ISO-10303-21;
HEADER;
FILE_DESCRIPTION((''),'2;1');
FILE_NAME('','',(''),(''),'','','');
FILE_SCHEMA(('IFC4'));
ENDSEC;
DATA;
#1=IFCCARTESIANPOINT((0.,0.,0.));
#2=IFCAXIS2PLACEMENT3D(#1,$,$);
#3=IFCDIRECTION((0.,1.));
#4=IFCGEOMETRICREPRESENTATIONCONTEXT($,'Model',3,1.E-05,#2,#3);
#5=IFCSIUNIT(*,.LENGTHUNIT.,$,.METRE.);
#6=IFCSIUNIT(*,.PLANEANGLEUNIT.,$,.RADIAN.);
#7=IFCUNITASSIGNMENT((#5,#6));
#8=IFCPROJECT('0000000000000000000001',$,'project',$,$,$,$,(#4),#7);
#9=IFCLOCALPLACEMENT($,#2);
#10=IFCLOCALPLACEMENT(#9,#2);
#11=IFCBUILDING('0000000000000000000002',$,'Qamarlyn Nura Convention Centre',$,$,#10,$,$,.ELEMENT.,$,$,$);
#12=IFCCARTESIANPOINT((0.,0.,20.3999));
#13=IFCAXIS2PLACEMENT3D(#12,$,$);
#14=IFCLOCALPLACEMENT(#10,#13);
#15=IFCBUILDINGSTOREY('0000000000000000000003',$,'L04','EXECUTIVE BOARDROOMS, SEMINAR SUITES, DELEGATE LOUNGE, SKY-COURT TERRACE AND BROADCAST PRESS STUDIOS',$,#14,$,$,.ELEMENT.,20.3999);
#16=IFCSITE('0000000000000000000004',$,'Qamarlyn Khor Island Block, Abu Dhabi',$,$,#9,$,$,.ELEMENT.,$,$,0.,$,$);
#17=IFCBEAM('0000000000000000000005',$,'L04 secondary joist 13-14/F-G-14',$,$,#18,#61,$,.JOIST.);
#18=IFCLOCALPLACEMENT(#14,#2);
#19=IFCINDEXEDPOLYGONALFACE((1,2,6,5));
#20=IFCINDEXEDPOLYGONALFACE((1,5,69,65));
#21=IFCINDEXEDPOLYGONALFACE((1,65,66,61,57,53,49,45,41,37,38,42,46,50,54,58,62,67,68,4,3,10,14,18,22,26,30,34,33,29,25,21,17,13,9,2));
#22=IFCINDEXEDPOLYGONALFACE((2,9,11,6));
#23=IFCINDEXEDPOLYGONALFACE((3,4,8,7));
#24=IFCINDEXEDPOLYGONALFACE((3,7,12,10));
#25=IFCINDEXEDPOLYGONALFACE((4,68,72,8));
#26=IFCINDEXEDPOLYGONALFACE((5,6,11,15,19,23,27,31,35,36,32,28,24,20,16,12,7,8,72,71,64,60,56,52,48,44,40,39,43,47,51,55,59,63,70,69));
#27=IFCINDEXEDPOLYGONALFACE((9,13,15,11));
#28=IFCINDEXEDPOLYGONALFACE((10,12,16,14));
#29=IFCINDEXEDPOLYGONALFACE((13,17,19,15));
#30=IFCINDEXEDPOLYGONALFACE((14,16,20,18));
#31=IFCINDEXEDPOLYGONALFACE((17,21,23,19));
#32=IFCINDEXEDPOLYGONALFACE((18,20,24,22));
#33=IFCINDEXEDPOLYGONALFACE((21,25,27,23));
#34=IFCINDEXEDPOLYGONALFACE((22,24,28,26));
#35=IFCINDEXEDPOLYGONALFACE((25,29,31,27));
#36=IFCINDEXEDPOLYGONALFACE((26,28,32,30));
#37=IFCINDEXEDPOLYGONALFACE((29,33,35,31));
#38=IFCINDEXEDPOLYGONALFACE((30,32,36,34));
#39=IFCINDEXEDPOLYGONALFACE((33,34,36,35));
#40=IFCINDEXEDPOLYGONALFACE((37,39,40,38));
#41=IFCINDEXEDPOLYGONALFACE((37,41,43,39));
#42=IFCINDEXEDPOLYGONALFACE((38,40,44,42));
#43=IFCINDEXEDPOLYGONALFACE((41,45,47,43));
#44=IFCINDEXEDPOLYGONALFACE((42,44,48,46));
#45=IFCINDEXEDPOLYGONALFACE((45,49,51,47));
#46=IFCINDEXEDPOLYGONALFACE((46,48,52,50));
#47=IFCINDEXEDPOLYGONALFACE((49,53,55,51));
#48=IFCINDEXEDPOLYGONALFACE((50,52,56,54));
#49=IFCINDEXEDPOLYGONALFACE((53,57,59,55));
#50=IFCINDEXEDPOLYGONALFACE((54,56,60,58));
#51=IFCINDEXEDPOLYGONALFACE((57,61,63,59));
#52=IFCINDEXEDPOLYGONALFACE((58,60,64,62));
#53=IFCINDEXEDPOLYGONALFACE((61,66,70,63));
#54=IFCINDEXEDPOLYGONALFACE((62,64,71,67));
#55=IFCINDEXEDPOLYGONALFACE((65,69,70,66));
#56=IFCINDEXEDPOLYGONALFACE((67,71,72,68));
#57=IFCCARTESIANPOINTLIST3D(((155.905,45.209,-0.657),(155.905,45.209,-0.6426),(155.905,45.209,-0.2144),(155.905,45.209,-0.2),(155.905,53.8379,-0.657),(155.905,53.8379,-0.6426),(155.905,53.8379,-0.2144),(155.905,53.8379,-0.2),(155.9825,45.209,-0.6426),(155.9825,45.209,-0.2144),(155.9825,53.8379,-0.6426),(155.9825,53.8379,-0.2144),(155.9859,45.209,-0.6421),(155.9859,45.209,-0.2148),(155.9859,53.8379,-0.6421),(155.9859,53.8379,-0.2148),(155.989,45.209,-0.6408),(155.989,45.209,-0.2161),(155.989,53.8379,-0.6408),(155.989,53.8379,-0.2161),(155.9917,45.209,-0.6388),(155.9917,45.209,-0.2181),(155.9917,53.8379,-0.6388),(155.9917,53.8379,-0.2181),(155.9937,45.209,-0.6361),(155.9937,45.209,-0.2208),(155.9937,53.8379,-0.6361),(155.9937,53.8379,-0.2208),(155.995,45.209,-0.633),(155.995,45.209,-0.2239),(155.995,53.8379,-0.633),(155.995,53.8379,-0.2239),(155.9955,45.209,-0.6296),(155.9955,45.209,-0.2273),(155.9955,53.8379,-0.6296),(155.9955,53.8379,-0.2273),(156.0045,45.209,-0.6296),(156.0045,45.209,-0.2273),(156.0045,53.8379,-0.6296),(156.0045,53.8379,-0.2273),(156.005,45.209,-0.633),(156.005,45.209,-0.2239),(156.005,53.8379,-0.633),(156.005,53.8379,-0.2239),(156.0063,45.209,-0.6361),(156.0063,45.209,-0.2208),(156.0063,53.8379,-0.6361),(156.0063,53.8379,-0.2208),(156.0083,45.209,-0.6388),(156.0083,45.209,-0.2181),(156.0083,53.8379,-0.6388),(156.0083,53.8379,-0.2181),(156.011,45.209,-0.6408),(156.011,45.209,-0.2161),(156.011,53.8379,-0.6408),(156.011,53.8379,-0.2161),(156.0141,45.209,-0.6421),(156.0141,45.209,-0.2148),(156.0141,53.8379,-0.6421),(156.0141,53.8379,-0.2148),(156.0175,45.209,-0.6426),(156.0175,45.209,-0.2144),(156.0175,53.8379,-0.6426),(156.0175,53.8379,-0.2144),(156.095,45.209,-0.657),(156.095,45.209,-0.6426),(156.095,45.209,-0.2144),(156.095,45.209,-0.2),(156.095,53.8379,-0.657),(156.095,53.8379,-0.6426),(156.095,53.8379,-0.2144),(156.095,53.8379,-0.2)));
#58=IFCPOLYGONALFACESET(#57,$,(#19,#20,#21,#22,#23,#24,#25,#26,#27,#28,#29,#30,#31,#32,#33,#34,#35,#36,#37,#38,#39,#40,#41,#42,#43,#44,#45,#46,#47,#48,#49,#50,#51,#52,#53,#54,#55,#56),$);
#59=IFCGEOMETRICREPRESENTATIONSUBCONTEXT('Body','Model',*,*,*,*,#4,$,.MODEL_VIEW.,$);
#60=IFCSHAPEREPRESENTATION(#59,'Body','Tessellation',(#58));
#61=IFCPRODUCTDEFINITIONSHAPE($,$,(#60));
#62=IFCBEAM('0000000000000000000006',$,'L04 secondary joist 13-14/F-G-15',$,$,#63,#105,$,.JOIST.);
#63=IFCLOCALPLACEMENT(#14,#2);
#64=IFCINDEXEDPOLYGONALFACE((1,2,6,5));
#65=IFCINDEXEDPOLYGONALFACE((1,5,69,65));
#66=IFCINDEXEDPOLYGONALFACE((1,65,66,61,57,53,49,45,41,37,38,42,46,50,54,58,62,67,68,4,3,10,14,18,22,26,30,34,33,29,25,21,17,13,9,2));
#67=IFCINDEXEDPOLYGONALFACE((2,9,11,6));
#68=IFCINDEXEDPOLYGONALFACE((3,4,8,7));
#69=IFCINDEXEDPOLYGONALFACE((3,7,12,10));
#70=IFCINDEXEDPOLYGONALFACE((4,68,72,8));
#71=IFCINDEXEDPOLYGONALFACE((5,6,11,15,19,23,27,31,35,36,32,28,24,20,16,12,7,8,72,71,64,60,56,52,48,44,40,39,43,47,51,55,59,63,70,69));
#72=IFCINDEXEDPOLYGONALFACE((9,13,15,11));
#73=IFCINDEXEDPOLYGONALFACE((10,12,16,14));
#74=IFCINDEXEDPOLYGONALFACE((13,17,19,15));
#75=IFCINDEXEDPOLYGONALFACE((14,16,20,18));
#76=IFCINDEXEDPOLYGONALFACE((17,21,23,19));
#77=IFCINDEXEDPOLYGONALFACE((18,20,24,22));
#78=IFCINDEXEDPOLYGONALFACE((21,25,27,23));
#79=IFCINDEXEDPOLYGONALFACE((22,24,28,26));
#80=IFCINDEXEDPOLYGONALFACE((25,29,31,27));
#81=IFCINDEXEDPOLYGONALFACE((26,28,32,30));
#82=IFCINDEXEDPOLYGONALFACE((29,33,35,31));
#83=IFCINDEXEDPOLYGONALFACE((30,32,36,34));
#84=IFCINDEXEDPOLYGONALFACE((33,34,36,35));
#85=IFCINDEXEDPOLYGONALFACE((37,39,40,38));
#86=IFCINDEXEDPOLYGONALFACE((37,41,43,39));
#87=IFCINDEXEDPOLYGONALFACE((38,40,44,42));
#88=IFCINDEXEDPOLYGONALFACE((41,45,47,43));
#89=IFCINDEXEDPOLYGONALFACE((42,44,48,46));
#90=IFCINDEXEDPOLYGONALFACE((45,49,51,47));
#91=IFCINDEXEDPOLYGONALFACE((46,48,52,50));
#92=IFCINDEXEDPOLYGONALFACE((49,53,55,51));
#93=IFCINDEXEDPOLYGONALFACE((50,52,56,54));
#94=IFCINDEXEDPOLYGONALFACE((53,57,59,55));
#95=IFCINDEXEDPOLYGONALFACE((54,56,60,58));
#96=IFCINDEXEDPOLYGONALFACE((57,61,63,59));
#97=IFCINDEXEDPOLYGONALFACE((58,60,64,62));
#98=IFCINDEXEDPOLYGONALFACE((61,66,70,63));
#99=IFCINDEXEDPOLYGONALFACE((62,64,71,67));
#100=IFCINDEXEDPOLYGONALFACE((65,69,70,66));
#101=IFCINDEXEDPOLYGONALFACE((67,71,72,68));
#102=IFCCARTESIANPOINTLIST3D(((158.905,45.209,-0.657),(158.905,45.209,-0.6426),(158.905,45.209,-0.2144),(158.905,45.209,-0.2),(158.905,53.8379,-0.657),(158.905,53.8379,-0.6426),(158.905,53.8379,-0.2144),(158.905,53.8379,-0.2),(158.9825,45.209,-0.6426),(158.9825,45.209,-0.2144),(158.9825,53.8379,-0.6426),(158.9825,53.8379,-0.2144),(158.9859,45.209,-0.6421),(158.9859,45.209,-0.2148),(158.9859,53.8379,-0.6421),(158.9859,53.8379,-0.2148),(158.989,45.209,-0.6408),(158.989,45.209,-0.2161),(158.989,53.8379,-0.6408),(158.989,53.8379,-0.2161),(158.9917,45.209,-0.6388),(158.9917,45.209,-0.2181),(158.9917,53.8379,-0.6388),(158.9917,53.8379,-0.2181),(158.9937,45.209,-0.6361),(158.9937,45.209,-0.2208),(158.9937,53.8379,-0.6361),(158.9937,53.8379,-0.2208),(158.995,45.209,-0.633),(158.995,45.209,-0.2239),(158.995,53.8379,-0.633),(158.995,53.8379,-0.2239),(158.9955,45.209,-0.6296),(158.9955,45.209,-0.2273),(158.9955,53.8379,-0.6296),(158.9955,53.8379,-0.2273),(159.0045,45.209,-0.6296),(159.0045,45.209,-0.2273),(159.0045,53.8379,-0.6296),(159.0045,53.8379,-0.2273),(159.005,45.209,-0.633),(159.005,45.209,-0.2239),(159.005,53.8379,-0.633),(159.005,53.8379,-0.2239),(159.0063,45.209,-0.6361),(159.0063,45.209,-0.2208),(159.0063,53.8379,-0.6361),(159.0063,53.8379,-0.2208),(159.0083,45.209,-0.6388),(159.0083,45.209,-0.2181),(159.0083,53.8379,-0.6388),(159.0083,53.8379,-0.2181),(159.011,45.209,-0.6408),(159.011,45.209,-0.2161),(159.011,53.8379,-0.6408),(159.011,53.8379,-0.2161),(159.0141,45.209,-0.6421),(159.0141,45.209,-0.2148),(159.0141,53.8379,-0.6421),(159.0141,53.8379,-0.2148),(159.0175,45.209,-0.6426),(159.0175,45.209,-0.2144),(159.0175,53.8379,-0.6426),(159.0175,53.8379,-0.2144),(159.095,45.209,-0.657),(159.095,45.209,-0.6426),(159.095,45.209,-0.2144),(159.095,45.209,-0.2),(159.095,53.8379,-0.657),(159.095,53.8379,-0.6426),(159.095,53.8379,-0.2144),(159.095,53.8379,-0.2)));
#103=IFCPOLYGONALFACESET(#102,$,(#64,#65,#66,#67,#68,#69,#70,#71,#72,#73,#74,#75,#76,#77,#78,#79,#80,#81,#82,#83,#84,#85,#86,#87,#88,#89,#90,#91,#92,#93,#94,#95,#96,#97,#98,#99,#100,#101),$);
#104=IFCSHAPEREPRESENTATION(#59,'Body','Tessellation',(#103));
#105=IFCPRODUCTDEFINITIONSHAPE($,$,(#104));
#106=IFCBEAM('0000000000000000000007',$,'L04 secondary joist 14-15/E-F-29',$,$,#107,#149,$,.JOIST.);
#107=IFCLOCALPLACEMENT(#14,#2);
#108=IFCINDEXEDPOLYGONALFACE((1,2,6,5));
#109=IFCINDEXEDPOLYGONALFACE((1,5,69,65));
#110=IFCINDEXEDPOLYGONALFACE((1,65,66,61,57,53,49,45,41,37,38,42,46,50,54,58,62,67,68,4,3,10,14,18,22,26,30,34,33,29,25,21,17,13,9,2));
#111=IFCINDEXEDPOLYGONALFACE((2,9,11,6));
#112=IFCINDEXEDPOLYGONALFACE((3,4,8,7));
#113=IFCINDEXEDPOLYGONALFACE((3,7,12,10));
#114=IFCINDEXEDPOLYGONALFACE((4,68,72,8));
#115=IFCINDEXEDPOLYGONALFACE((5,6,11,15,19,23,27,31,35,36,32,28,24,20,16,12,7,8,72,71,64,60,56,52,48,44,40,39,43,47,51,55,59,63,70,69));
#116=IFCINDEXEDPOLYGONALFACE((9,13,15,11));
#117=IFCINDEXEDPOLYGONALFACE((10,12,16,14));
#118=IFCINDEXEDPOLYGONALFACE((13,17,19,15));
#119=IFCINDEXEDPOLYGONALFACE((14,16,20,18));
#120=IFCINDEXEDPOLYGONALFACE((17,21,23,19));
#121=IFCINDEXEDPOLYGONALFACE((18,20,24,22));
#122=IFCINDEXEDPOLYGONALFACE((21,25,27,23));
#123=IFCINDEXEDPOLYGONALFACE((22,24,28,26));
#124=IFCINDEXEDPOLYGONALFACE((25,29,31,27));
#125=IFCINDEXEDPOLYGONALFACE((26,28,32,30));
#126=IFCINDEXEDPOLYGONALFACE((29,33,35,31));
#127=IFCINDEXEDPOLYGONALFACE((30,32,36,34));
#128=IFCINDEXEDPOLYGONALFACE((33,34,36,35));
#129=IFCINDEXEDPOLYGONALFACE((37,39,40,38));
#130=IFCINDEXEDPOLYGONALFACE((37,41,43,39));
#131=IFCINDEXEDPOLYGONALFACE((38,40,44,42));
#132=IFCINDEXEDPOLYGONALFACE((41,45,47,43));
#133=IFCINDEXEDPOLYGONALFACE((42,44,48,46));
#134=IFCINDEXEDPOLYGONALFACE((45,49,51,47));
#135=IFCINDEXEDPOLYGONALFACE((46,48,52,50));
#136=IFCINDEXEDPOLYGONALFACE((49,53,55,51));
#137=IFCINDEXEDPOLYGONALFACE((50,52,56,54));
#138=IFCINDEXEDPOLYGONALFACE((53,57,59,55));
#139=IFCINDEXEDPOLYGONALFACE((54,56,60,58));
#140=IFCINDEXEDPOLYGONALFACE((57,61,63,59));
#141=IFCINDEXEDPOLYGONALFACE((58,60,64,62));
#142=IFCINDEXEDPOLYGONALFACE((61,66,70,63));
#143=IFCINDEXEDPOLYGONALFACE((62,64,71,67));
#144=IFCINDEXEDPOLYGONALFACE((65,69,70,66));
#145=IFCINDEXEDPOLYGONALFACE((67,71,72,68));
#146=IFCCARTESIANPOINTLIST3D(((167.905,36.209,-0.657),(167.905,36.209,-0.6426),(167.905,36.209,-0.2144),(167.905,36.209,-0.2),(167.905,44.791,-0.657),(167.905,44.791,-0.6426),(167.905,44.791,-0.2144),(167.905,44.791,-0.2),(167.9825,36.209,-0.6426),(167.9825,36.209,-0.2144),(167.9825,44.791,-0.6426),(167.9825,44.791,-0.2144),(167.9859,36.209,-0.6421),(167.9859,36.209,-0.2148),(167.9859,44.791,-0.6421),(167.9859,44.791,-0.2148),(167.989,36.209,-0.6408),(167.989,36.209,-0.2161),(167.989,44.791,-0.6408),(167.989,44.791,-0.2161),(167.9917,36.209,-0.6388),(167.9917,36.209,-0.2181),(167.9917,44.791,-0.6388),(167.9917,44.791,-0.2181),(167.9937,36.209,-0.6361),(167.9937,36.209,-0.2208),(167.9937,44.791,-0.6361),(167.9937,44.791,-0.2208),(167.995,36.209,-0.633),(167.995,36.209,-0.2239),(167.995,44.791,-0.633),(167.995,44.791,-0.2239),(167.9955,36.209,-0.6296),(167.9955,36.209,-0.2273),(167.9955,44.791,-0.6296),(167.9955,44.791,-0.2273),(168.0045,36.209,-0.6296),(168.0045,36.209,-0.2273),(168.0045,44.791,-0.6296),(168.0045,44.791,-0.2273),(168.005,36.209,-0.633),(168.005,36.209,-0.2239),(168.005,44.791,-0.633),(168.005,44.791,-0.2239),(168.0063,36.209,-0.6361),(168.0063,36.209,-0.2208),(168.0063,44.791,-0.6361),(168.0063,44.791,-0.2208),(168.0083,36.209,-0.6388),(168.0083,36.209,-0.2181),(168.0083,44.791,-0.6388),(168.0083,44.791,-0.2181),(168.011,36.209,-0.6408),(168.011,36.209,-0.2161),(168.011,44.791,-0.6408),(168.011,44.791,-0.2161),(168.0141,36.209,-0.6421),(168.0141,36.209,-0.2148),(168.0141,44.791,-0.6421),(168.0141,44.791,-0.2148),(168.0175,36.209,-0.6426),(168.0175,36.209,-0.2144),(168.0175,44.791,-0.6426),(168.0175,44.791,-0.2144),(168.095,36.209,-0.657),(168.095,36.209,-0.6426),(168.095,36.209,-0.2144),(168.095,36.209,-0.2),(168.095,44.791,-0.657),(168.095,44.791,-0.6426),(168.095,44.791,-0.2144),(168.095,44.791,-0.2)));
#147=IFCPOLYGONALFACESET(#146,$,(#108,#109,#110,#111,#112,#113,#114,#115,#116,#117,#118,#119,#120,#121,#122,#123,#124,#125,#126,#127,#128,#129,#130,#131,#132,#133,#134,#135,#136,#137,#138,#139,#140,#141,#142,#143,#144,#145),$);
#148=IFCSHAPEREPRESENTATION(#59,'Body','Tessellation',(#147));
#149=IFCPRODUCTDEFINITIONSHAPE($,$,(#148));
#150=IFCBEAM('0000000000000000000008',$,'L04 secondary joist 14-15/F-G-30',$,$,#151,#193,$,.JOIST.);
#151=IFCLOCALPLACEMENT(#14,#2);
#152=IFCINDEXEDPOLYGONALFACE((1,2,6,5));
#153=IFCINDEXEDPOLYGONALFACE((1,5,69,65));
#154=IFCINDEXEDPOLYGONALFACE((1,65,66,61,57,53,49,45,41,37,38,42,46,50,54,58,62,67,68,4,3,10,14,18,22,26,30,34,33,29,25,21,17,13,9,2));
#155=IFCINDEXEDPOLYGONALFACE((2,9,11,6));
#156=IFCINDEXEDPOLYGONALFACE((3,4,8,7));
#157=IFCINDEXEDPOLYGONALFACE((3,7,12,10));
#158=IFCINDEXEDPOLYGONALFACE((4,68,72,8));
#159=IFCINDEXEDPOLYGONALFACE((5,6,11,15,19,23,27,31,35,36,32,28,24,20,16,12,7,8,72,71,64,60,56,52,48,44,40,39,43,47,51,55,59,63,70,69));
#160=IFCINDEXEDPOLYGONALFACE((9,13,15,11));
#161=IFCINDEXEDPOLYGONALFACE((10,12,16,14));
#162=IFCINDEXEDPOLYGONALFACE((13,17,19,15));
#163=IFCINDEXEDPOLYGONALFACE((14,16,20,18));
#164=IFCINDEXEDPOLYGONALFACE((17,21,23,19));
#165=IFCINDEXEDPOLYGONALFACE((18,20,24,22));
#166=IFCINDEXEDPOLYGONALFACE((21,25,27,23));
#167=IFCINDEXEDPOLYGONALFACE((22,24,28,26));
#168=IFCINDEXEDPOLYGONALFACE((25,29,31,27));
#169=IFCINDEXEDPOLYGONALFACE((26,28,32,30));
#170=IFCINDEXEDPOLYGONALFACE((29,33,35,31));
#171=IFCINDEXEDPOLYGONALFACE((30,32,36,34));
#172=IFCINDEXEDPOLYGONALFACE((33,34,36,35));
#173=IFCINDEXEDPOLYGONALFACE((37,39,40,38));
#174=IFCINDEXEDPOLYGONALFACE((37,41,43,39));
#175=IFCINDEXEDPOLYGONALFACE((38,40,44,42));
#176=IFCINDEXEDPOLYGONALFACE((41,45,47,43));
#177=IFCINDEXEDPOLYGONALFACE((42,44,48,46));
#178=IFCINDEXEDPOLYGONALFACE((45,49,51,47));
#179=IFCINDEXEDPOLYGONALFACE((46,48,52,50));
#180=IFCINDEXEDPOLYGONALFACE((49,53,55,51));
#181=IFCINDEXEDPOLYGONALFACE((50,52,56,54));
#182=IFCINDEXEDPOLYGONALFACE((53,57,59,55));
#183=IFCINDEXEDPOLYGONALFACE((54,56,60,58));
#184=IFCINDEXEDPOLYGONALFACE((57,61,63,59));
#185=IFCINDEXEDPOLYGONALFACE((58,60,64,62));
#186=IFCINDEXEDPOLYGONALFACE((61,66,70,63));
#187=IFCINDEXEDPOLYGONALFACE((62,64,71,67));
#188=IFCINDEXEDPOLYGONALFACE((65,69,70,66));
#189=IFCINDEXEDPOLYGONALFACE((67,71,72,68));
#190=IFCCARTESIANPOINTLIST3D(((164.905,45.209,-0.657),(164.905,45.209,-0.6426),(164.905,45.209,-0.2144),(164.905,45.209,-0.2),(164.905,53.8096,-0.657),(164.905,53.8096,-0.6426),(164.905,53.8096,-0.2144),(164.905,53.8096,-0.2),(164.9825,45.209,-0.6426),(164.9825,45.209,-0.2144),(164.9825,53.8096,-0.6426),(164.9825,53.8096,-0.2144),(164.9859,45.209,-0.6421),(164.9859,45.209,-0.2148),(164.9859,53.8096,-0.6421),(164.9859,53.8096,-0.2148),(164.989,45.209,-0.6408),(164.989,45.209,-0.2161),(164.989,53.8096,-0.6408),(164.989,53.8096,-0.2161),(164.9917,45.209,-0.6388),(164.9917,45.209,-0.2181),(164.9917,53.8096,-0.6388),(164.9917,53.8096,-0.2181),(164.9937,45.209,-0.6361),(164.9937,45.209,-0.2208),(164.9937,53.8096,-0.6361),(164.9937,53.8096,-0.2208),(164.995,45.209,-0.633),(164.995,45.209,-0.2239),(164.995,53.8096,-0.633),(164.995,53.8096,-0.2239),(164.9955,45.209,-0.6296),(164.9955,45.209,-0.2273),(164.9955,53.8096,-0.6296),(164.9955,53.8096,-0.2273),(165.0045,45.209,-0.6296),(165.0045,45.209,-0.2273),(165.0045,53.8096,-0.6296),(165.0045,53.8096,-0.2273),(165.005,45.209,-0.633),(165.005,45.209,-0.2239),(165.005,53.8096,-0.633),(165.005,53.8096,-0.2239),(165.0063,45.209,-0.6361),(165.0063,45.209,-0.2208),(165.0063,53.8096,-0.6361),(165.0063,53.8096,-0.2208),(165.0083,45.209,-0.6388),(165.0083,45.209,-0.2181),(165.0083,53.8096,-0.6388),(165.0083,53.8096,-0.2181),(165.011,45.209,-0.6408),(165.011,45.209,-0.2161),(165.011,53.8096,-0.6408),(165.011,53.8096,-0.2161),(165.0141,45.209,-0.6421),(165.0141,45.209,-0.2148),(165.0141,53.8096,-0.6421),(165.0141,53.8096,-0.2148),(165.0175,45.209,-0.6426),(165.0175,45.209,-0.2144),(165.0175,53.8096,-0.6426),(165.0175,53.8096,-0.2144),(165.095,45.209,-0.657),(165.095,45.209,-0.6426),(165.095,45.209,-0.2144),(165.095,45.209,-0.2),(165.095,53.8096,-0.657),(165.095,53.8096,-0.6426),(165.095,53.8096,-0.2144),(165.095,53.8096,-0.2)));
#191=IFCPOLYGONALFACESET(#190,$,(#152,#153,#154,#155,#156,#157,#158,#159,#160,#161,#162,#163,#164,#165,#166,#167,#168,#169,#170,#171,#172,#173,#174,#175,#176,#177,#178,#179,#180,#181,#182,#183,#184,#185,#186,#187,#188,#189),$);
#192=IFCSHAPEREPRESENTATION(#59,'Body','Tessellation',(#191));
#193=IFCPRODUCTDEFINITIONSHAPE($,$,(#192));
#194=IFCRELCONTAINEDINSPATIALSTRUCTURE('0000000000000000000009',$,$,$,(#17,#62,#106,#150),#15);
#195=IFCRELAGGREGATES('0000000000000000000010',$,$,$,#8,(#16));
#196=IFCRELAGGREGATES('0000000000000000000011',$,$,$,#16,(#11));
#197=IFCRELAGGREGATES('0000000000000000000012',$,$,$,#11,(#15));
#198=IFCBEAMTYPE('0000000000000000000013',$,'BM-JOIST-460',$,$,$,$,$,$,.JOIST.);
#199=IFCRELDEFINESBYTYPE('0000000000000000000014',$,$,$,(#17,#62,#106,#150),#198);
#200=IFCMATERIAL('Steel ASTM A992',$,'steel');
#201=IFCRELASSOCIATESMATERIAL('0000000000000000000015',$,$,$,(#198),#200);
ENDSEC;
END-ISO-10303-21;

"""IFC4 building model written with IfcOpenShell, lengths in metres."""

from ifc_helpers import new_model, si_unit, direction, frame, origin, origin_2d, place, context, subcontext, project, spatial, i_section, extrude, material, material_profile, profile_set, type_object, element, save


model = new_model("IFC4")

# Units and contexts
model_context = context("Model", 3, precision=1e-05, world=origin(), true_north=direction((0.0, 1.0)))
body_context = subcontext(model_context, "Body", "Model", "MODEL_VIEW")
ifc_project = project(units=[si_unit("LENGTHUNIT", "METRE"), si_unit("PLANEANGLEUNIT", "RADIAN")], contexts=[model_context])

# Site, building, storey
site_placement = place(None, origin())
site = spatial("IfcSite", under=ifc_project, at=site_placement, Name="Qamarlyn Khor Island Block, Abu Dhabi", CompositionType="ELEMENT", RefElevation=0.0)
building_placement = place(site_placement, origin())
building = spatial("IfcBuilding", under=site, at=building_placement, Name="Qamarlyn Nura Convention Centre", CompositionType="ELEMENT")
storey_placement = place(building_placement, frame((0.0, 0.0, 20.3999)))
storey = spatial("IfcBuildingStorey", under=building, at=storey_placement, Name="L04", Description="EXECUTIVE BOARDROOMS, SEMINAR SUITES, DELEGATE LOUNGE, SKY-COURT TERRACE AND BROADCAST PRESS STUDIOS", CompositionType="ELEMENT", Elevation=20.3999)

# Shared definitions
ifc_material_1 = material(Name="Steel ASTM A992", Category="steel")

# Beams
ifc_material_profile_1 = material_profile(ifc_material_1, i_section(OverallWidth=0.1899, OverallDepth=0.457, WebThickness=0.009, FlangeThickness=0.0144, FilletRadius=0.0129, at=origin_2d()), Name="W460X74")
ifc_profile_set_1 = profile_set([ifc_material_profile_1], Name="Steel ASTM A992")
beam_type_1 = type_object("IfcBeamType", Name="BM-JOIST-460", PredefinedType="JOIST", material=ifc_profile_set_1)
for number, where, z_axis, x_axis, name in (
    (1, (156.0, 45.209, -0.4285), (0.0, 1.0, 0.0), (-1.0, 0.0, 0.0), "L04 secondary joist 13-14/F-G-14"),
    (2, (159.0, 45.209, -0.4285), (0.0, 1.0, 0.0), (-1.0, 0.0, 0.0), "L04 secondary joist 13-14/F-G-15"),
):
    element("IfcBeam", number, at=place(storey_placement, frame(where, z_axis=z_axis, x_axis=x_axis)), inside=storey, type_object=beam_type_1, Name=name, PredefinedType="JOIST", context=body_context, shape_type="SweptSolid", body=[
        extrude(i_section(OverallWidth=0.1899, OverallDepth=0.457, WebThickness=0.009, FlangeThickness=0.0144, FilletRadius=0.0129, at=origin_2d()), origin(), (0.0, 0.0, 1.0), 8.6289),
    ])
beam_1_placement = place(storey_placement, frame((168.0, 36.209, -0.4285), z_axis=(0.0, 1.0, 0.0), x_axis=(-1.0, 0.0, 0.0)))
element("IfcBeam", 3, at=beam_1_placement, inside=storey, type_object=beam_type_1, Name="L04 secondary joist 14-15/E-F-29", PredefinedType="JOIST", context=body_context, shape_type="SweptSolid", body=[
    extrude(i_section(OverallWidth=0.1899, OverallDepth=0.457, WebThickness=0.009, FlangeThickness=0.0144, FilletRadius=0.0129, at=origin_2d()), origin(), (0.0, 0.0, 1.0), 8.582),
])
for number, where, z_axis, x_axis, name in (
    (4, (165.0, 45.209, -0.4285), (0.0, 1.0, 0.0), (-1.0, 0.0, 0.0), "L04 secondary joist 14-15/F-G-30"),
):
    element("IfcBeam", number, at=place(storey_placement, frame(where, z_axis=z_axis, x_axis=x_axis)), inside=storey, type_object=beam_type_1, Name=name, PredefinedType="JOIST", context=body_context, shape_type="SweptSolid", body=[
        extrude(i_section(OverallWidth=0.1899, OverallDepth=0.457, WebThickness=0.009, FlangeThickness=0.0144, FilletRadius=0.0129, at=origin_2d()), origin(), (0.0, 0.0, 1.0), 8.6006),
    ])

save(model, "model.ifc")
